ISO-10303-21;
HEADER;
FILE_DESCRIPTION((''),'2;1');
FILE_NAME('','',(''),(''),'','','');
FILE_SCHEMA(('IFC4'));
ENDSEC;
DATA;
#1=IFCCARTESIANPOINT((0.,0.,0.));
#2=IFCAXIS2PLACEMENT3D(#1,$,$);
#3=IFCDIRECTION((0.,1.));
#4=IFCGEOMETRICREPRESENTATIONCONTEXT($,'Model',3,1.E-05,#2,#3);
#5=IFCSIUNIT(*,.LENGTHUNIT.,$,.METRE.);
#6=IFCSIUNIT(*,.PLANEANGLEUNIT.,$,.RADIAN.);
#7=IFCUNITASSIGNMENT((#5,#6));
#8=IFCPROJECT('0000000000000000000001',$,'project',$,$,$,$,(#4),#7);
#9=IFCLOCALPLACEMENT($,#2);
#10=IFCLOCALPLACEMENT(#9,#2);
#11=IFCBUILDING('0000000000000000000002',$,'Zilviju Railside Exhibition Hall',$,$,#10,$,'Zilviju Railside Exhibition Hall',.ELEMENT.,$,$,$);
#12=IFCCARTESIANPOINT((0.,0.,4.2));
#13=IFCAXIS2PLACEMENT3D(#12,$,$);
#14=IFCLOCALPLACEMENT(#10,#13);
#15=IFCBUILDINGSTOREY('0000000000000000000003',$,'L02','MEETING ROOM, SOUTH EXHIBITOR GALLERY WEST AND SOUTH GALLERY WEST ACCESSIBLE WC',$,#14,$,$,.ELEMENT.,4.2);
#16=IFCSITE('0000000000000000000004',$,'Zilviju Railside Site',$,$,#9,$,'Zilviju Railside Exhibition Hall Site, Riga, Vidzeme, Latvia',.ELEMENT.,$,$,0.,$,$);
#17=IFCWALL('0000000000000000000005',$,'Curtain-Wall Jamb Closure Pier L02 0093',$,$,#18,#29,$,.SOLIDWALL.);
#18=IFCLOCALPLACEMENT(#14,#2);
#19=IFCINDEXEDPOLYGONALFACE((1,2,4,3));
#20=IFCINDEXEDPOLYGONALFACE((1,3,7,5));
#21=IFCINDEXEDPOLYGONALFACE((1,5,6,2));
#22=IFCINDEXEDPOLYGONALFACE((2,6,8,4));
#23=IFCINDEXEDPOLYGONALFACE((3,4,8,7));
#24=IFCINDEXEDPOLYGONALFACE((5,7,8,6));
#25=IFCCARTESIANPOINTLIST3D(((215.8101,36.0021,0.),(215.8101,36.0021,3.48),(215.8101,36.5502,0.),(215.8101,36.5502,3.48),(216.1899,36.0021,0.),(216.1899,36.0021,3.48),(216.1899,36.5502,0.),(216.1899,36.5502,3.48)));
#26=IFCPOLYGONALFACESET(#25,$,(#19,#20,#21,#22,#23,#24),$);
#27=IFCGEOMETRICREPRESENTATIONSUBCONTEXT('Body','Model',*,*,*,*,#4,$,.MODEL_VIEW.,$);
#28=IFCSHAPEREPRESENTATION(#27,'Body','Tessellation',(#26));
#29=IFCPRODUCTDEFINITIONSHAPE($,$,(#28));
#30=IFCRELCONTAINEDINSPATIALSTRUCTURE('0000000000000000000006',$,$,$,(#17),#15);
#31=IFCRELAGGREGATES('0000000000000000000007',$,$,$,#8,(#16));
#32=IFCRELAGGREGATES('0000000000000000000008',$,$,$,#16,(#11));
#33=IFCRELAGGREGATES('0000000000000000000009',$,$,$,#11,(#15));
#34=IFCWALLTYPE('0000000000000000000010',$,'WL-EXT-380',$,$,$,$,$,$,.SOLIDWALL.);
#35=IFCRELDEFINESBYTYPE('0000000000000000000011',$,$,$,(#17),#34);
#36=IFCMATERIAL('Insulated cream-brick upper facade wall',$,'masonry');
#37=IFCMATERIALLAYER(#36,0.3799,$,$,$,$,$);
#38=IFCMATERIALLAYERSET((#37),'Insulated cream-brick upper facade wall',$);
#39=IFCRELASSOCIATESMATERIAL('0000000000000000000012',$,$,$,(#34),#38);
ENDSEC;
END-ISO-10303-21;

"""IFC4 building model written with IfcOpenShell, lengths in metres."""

from ifc_helpers import new_model, si_unit, direction, frame, frame_2d, origin, place, context, subcontext, project, spatial, rectangle, extrude, material, layer, layer_set, type_object, element, save


model = new_model("IFC4")

# Units and contexts
model_context = context("Model", 3, precision=1e-05, world=origin(), true_north=direction((0.0, 1.0)))
body_context = subcontext(model_context, "Body", "Model", "MODEL_VIEW")
ifc_project = project(units=[si_unit("LENGTHUNIT", "METRE"), si_unit("PLANEANGLEUNIT", "RADIAN")], contexts=[model_context])

# Site, building, storey
site_placement = place(None, origin())
site = spatial("IfcSite", under=ifc_project, at=site_placement, Name="Zilviju Railside Site", LongName="Zilviju Railside Exhibition Hall Site, Riga, Vidzeme, Latvia", CompositionType="ELEMENT", RefElevation=0.0)
building_placement = place(site_placement, origin())
building = spatial("IfcBuilding", under=site, at=building_placement, Name="Zilviju Railside Exhibition Hall", LongName="Zilviju Railside Exhibition Hall", CompositionType="ELEMENT")
storey_placement = place(building_placement, frame((0.0, 0.0, 4.2)))
storey = spatial("IfcBuildingStorey", under=building, at=storey_placement, Name="L02", Description="MEETING ROOM, SOUTH EXHIBITOR GALLERY WEST AND SOUTH GALLERY WEST ACCESSIBLE WC", CompositionType="ELEMENT", Elevation=4.2)

# Wall
ifc_material_1 = material(Name="Insulated cream-brick upper facade wall", Category="masonry")
ifc_layer_1 = layer(ifc_material_1, 0.3799)
ifc_layer_set_1 = layer_set([ifc_layer_1], Name="Insulated cream-brick upper facade wall")
wall_type = type_object("IfcWallType", Name="WL-EXT-380", PredefinedType="SOLIDWALL", material=ifc_layer_set_1)
wall_1_placement = place(storey_placement, frame((216.0, 36.55, 0.0), z_axis=(0.0, 0.0, 1.0), x_axis=(0.0, -1.0, 0.0)))
element("IfcWall", 1, at=wall_1_placement, inside=storey, type_object=wall_type, Name="Curtain-Wall Jamb Closure Pier L02 0093", PredefinedType="SOLIDWALL", context=body_context, shape_type="SweptSolid", body=[
    extrude(rectangle(XDim=0.5481, YDim=0.3799, at=frame_2d((0.2739, 0.0))), origin(), (0.0, 0.0, 1.0), 3.48),
])

save(model, "model.ifc")
